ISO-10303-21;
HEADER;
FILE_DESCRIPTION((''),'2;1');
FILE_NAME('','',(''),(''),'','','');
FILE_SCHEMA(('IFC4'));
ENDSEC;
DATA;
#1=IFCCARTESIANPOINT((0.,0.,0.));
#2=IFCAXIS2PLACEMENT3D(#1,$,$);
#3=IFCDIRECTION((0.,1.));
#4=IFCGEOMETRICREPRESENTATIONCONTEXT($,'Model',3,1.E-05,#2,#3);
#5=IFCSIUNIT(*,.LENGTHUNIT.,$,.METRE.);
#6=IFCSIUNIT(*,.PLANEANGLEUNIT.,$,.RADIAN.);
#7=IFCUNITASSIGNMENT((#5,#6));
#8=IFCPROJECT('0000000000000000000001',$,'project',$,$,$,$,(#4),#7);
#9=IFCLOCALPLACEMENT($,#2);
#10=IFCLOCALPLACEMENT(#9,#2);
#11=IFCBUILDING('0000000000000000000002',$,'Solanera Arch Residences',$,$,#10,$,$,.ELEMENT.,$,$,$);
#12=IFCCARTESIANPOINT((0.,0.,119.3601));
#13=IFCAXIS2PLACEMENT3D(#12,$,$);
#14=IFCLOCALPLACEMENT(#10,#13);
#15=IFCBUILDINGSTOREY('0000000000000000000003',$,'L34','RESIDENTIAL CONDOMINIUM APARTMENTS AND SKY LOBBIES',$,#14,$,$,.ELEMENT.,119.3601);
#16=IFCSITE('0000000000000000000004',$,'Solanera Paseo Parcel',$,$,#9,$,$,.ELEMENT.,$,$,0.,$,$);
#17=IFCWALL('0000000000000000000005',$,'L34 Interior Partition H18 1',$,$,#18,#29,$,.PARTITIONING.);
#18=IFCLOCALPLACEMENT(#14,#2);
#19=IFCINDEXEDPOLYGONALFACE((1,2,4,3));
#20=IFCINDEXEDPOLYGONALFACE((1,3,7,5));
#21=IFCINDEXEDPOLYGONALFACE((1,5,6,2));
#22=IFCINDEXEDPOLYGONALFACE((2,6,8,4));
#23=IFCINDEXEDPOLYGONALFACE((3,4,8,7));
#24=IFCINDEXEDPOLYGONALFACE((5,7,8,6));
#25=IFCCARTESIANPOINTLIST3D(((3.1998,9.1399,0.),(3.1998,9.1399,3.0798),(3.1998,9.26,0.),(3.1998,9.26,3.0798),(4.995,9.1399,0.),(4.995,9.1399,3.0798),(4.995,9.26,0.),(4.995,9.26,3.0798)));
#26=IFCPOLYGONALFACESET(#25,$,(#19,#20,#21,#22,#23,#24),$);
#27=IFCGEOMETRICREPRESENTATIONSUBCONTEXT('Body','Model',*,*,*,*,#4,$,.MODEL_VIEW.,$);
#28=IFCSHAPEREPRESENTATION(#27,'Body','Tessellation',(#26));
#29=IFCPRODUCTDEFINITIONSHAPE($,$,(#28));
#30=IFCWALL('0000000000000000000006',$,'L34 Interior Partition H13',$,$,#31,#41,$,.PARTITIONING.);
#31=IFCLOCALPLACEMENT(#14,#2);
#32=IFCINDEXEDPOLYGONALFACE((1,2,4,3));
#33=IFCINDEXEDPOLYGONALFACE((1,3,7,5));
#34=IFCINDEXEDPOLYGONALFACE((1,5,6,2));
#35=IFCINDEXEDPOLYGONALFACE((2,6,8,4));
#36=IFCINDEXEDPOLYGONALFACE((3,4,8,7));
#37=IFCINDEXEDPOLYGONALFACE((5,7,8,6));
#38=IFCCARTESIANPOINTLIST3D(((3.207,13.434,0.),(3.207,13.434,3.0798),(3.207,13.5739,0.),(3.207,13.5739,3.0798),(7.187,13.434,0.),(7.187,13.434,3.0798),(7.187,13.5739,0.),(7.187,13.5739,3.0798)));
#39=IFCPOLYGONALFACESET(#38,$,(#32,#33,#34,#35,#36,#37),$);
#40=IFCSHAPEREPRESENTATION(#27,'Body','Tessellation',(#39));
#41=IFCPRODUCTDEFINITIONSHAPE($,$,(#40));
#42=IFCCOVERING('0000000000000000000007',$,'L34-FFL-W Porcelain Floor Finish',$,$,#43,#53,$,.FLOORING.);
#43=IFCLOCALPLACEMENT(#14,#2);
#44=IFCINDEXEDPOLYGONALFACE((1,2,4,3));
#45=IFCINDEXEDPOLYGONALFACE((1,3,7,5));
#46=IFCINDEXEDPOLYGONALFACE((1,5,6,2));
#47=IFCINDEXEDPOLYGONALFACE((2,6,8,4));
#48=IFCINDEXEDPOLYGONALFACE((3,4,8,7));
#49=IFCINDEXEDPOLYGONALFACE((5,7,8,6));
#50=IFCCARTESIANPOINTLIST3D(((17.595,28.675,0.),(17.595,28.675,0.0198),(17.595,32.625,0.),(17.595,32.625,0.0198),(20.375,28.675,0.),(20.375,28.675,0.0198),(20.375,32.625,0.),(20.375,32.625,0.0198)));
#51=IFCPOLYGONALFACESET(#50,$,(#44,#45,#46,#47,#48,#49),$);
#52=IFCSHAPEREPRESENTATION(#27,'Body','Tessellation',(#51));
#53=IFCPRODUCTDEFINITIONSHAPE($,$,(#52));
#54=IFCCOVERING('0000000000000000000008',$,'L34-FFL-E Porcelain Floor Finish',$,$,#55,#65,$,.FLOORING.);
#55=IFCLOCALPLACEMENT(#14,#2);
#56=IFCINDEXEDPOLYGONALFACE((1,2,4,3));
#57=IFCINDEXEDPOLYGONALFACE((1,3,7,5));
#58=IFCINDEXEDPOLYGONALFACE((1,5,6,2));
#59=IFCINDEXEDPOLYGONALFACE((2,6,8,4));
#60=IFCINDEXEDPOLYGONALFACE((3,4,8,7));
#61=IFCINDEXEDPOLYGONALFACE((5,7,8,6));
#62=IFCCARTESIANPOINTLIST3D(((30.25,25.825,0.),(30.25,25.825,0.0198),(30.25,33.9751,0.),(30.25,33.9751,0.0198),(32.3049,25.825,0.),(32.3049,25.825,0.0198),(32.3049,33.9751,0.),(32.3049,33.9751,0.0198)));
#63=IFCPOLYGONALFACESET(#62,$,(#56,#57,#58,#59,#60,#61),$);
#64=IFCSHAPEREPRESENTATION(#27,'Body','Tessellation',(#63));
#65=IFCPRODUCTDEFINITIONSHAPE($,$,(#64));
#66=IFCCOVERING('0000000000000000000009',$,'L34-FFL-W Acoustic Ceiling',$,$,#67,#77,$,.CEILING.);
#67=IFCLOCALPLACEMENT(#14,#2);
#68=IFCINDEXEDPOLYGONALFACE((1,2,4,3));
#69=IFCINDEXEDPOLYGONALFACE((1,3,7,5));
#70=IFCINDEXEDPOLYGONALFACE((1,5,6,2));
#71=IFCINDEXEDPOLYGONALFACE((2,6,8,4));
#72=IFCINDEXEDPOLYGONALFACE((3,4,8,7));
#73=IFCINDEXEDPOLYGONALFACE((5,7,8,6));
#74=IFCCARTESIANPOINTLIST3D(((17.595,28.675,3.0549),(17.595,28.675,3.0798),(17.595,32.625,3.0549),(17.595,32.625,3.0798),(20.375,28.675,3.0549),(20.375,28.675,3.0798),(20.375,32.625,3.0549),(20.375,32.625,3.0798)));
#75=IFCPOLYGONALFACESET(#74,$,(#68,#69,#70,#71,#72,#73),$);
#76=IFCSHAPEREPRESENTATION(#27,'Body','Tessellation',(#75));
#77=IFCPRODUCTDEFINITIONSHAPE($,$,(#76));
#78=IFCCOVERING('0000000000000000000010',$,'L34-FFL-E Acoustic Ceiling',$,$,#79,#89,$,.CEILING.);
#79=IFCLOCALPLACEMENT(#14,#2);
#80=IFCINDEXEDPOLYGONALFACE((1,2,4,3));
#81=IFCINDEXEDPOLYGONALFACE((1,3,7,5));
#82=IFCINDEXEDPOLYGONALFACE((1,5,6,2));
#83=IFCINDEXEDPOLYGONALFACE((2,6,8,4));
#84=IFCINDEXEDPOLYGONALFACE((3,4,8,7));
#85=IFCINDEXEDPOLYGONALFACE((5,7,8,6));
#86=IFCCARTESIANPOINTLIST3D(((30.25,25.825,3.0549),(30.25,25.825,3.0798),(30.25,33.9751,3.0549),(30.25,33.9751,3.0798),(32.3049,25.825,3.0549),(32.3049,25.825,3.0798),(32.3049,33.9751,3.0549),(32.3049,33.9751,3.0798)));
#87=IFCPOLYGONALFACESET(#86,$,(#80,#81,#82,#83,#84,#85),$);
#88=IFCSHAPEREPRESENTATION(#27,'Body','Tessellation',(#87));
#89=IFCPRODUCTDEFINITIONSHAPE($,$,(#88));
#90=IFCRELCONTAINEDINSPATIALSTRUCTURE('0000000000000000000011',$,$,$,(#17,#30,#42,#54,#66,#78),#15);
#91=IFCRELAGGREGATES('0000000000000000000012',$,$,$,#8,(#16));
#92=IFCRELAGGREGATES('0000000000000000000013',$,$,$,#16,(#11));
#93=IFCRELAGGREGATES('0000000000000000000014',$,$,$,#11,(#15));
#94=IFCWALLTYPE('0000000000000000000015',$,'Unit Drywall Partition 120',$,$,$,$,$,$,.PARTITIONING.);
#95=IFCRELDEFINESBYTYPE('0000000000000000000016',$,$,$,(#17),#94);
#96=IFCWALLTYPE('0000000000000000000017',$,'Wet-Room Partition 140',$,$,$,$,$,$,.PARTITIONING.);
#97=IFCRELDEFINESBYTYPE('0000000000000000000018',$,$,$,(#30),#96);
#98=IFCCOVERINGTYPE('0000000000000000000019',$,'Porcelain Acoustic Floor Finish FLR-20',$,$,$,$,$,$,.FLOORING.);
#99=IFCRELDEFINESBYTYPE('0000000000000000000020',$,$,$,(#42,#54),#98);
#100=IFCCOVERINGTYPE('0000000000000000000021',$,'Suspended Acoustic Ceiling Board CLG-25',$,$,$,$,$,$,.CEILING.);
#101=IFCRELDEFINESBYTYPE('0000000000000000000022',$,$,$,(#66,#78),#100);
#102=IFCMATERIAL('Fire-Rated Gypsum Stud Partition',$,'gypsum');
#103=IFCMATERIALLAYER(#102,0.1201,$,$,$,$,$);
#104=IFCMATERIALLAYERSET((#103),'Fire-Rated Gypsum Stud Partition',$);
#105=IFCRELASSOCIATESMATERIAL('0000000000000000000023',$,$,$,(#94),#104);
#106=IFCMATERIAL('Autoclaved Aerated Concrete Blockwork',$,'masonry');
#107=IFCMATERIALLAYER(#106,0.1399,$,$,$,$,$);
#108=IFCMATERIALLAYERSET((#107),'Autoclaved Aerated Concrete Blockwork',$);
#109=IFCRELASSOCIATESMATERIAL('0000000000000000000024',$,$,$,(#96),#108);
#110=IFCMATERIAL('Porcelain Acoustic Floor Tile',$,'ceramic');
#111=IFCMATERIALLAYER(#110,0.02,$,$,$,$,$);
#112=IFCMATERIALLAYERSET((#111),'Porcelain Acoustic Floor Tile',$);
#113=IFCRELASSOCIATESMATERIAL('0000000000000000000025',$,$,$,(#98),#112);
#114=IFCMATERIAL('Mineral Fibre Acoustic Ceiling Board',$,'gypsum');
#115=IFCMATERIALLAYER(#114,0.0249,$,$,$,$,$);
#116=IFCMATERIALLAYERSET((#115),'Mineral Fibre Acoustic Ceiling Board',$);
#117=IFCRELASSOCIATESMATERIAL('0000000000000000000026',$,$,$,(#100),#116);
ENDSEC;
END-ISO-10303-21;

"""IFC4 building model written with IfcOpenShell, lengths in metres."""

from ifc_helpers import new_model, si_unit, direction, frame, frame_2d, origin, place, context, subcontext, project, spatial, polyline, rectangle, outline, extrude, material, layer, layer_set, type_object, element, save


model = new_model("IFC4")

# Units and contexts
model_context = context("Model", 3, precision=1e-05, world=origin(), true_north=direction((0.0, 1.0)))
body_context = subcontext(model_context, "Body", "Model", "MODEL_VIEW")
ifc_project = project(units=[si_unit("LENGTHUNIT", "METRE"), si_unit("PLANEANGLEUNIT", "RADIAN")], contexts=[model_context])

# Site, building, storey
site_placement = place(None, origin())
site = spatial("IfcSite", under=ifc_project, at=site_placement, Name="Solanera Paseo Parcel", CompositionType="ELEMENT", RefElevation=0.0)
building_placement = place(site_placement, origin())
building = spatial("IfcBuilding", under=site, at=building_placement, Name="Solanera Arch Residences", CompositionType="ELEMENT")
storey_placement = place(building_placement, frame((0.0, 0.0, 119.3601)))
storey = spatial("IfcBuildingStorey", under=building, at=storey_placement, Name="L34", Description="RESIDENTIAL CONDOMINIUM APARTMENTS AND SKY LOBBIES", CompositionType="ELEMENT", Elevation=119.3601)

# Walls
ifc_material_1 = material(Name="Fire-Rated Gypsum Stud Partition", Category="gypsum")
ifc_layer_1 = layer(ifc_material_1, 0.1201)
ifc_layer_set_1 = layer_set([ifc_layer_1], Name="Fire-Rated Gypsum Stud Partition")
wall_type_1 = type_object("IfcWallType", Name="Unit Drywall Partition 120", PredefinedType="PARTITIONING", material=ifc_layer_set_1)
wall_1_placement = place(storey_placement, frame((3.2, 9.2, 0.0), z_axis=(0.0, 0.0, 1.0), x_axis=(1.0, 0.0, 0.0)))
element("IfcWall", 1, at=wall_1_placement, inside=storey, type_object=wall_type_1, Name="L34 Interior Partition H18 1", PredefinedType="PARTITIONING", context=body_context, shape_type="SweptSolid", body=[
    extrude(rectangle(XDim=1.7952, YDim=0.1201, at=frame_2d((0.8975, 0.0))), origin(), (0.0, 0.0, 1.0), 3.0798),
])
ifc_material_2 = material(Name="Autoclaved Aerated Concrete Blockwork", Category="masonry")
ifc_layer_2 = layer(ifc_material_2, 0.1399)
ifc_layer_set_2 = layer_set([ifc_layer_2], Name="Autoclaved Aerated Concrete Blockwork")
wall_type_2 = type_object("IfcWallType", Name="Wet-Room Partition 140", PredefinedType="PARTITIONING", material=ifc_layer_set_2)
wall_2_placement = place(storey_placement, frame((3.207, 13.5039, 0.0), z_axis=(0.0, 0.0, 1.0), x_axis=(1.0, 0.0, 0.0)))
element("IfcWall", 2, at=wall_2_placement, inside=storey, type_object=wall_type_2, Name="L34 Interior Partition H13", PredefinedType="PARTITIONING", context=body_context, shape_type="SweptSolid", body=[
    extrude(rectangle(XDim=3.98, YDim=0.1399, at=frame_2d((1.99, 0.0))), origin(), (0.0, 0.0, 1.0), 3.0798),
])

# Coverings
ifc_material_3 = material(Name="Porcelain Acoustic Floor Tile", Category="ceramic")
ifc_layer_3 = layer(ifc_material_3, 0.02)
ifc_layer_set_3 = layer_set([ifc_layer_3], Name="Porcelain Acoustic Floor Tile")
covering_type_1 = type_object("IfcCoveringType", Name="Porcelain Acoustic Floor Finish FLR-20", PredefinedType="FLOORING", material=ifc_layer_set_3)
covering_1_placement = place(storey_placement, origin())
element("IfcCovering", 3, at=covering_1_placement, inside=storey, type_object=covering_type_1, Name="L34-FFL-W Porcelain Floor Finish", PredefinedType="FLOORING", context=body_context, shape_type="SweptSolid", body=[
    extrude(outline(polyline([(20.375, 28.675), (17.595, 28.675), (17.595, 32.625), (20.375, 32.625), (20.375, 28.675)])), origin(), (0.0, 0.0, 1.0), 0.0198),
])
covering_2_placement = place(storey_placement, origin())
element("IfcCovering", 4, at=covering_2_placement, inside=storey, type_object=covering_type_1, Name="L34-FFL-E Porcelain Floor Finish", PredefinedType="FLOORING", context=body_context, shape_type="SweptSolid", body=[
    extrude(outline(polyline([(32.3049, 25.825), (30.25, 25.825), (30.25, 33.9751), (32.3049, 33.9751), (32.3049, 25.825)])), origin(), (0.0, 0.0, 1.0), 0.0198),
])
ifc_material_4 = material(Name="Mineral Fibre Acoustic Ceiling Board", Category="gypsum")
ifc_layer_4 = layer(ifc_material_4, 0.0249)
ifc_layer_set_4 = layer_set([ifc_layer_4], Name="Mineral Fibre Acoustic Ceiling Board")
covering_type_2 = type_object("IfcCoveringType", Name="Suspended Acoustic Ceiling Board CLG-25", PredefinedType="CEILING", material=ifc_layer_set_4)
covering_3_placement = place(storey_placement, frame((0.0, 0.0, 3.0549)))
element("IfcCovering", 5, at=covering_3_placement, inside=storey, type_object=covering_type_2, Name="L34-FFL-W Acoustic Ceiling", PredefinedType="CEILING", context=body_context, shape_type="SweptSolid", body=[
    extrude(outline(polyline([(20.375, 28.675), (17.595, 28.675), (17.595, 32.625), (20.375, 32.625), (20.375, 28.675)])), origin(), (0.0, 0.0, 1.0), 0.0249),
])
covering_4_placement = place(storey_placement, frame((0.0, 0.0, 3.0549)))
element("IfcCovering", 6, at=covering_4_placement, inside=storey, type_object=covering_type_2, Name="L34-FFL-E Acoustic Ceiling", PredefinedType="CEILING", context=body_context, shape_type="SweptSolid", body=[
    extrude(outline(polyline([(32.3049, 25.825), (30.25, 25.825), (30.25, 33.9751), (32.3049, 33.9751), (32.3049, 25.825)])), origin(), (0.0, 0.0, 1.0), 0.0249),
])

save(model, "model.ifc")
